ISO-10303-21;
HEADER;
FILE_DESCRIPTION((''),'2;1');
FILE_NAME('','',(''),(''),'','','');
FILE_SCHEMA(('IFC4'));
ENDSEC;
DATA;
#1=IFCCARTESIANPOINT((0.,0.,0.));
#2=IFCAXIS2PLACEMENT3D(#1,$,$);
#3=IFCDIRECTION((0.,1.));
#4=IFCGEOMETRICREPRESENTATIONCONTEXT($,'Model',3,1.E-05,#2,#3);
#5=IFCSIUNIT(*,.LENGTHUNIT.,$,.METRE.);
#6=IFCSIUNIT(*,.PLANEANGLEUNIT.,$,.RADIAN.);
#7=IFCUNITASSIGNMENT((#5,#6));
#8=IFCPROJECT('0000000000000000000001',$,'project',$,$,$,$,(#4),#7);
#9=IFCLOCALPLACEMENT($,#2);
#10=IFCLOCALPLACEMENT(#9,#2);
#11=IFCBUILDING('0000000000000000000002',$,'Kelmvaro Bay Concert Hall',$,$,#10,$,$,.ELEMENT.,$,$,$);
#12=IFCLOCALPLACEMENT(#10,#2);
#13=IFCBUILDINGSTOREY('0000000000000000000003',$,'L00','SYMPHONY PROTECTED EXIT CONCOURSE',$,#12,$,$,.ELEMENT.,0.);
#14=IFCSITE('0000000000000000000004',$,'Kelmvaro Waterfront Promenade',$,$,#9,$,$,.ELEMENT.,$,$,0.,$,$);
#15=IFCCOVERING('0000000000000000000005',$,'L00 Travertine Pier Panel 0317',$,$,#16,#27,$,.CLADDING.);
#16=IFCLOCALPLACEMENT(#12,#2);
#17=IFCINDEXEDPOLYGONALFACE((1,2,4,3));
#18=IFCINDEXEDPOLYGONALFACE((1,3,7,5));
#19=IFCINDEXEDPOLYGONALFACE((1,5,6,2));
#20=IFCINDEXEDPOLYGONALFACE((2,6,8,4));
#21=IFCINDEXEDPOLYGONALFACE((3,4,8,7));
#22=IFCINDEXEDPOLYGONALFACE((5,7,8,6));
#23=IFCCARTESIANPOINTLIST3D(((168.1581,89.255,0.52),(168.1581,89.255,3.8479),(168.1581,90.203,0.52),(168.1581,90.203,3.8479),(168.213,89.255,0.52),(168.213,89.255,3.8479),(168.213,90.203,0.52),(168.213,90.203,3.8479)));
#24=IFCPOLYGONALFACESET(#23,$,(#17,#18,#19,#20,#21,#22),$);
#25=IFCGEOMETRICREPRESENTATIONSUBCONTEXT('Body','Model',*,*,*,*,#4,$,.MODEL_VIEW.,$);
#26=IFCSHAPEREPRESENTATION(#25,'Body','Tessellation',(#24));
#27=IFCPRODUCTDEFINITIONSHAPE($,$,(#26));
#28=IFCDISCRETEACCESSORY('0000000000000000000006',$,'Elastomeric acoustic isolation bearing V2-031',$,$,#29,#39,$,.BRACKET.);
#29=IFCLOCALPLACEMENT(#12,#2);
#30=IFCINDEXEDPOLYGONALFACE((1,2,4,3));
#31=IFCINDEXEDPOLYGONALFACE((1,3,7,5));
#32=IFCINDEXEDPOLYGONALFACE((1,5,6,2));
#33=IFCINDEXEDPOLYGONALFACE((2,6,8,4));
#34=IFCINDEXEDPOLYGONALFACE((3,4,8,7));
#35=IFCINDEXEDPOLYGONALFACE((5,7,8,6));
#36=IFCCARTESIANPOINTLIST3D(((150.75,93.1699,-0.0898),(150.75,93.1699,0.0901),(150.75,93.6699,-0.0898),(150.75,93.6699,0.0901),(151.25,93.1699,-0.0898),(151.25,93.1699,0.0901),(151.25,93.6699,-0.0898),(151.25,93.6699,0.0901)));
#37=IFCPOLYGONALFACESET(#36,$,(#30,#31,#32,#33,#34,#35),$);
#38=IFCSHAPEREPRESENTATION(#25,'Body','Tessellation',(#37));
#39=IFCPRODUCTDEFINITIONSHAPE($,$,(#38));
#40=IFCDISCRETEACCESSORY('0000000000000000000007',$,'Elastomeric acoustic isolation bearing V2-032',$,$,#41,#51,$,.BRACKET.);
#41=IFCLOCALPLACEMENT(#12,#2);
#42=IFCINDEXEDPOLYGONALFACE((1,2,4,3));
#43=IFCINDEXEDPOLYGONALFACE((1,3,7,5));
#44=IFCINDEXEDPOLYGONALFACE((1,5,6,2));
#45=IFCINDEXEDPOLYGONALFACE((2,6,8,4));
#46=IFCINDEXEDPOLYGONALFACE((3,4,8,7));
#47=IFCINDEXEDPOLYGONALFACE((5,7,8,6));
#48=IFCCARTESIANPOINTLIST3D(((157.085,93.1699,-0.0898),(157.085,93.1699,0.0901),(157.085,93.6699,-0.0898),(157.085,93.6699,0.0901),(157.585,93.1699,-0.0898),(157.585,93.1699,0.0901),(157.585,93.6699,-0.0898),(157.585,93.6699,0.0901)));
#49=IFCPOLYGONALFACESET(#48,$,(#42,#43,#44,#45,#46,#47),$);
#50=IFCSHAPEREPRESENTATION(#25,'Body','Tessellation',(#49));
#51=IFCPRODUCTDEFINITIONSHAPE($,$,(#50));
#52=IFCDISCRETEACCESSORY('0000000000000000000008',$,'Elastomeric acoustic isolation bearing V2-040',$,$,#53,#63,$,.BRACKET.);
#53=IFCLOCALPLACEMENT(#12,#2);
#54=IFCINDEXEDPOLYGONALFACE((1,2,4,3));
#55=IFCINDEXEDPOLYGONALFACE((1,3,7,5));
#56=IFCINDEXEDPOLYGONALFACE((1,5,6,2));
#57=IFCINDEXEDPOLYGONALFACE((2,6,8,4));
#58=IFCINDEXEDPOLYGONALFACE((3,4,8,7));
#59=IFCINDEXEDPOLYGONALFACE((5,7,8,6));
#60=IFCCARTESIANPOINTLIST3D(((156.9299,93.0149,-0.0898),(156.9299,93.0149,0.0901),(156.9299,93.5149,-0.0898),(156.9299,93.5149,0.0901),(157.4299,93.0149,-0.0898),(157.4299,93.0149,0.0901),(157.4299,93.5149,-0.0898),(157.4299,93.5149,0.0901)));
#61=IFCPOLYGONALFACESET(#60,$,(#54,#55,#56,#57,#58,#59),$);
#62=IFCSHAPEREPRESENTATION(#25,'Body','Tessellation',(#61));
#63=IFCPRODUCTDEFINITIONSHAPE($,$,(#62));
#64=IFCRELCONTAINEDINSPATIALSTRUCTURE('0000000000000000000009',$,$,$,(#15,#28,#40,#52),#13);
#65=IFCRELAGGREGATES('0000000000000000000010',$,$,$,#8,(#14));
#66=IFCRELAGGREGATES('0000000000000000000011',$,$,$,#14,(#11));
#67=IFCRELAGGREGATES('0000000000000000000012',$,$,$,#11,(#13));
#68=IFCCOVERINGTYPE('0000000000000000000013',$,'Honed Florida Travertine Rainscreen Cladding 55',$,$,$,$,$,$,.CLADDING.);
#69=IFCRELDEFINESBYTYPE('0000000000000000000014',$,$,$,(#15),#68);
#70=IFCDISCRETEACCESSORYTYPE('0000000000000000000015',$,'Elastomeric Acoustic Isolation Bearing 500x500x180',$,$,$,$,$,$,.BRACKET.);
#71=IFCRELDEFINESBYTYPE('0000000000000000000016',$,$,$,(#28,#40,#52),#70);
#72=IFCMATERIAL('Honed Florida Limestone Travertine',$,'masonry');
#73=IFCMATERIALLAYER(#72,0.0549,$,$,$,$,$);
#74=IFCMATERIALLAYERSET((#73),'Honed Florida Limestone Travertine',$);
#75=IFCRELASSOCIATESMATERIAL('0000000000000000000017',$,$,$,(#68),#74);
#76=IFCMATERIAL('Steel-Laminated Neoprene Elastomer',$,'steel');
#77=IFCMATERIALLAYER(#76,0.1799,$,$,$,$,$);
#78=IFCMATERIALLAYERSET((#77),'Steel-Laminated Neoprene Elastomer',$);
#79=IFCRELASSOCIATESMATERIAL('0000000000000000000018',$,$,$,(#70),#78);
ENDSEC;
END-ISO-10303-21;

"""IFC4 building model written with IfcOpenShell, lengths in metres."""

from ifc_helpers import new_model, si_unit, direction, frame, origin, origin_2d, place, context, subcontext, project, spatial, rectangle, extrude, material, layer, layer_set, type_object, element, save


model = new_model("IFC4")

# Units and contexts
model_context = context("Model", 3, precision=1e-05, world=origin(), true_north=direction((0.0, 1.0)))
body_context = subcontext(model_context, "Body", "Model", "MODEL_VIEW")
ifc_project = project(units=[si_unit("LENGTHUNIT", "METRE"), si_unit("PLANEANGLEUNIT", "RADIAN")], contexts=[model_context])

# Site, building, storey
site_placement = place(None, origin())
site = spatial("IfcSite", under=ifc_project, at=site_placement, Name="Kelmvaro Waterfront Promenade", CompositionType="ELEMENT", RefElevation=0.0)
building_placement = place(site_placement, origin())
building = spatial("IfcBuilding", under=site, at=building_placement, Name="Kelmvaro Bay Concert Hall", CompositionType="ELEMENT")
storey_placement = place(building_placement, origin())
storey = spatial("IfcBuildingStorey", under=building, at=storey_placement, Name="L00", Description="SYMPHONY PROTECTED EXIT CONCOURSE", CompositionType="ELEMENT", Elevation=0.0)

# Covering
ifc_material_1 = material(Name="Honed Florida Limestone Travertine", Category="masonry")
ifc_layer_1 = layer(ifc_material_1, 0.0549)
ifc_layer_set_1 = layer_set([ifc_layer_1], Name="Honed Florida Limestone Travertine")
covering_type = type_object("IfcCoveringType", Name="Honed Florida Travertine Rainscreen Cladding 55", PredefinedType="CLADDING", material=ifc_layer_set_1)
covering_1_placement = place(storey_placement, frame((168.1855, 89.729, 0.52), z_axis=(0.0, 0.0, 1.0), x_axis=(0.0, -1.0, 0.0)))
element("IfcCovering", 1, at=covering_1_placement, inside=storey, type_object=covering_type, Name="L00 Travertine Pier Panel 0317", PredefinedType="CLADDING", context=body_context, shape_type="SweptSolid", body=[
    extrude(rectangle(XDim=0.948, YDim=0.0549, at=origin_2d()), origin(), (0.0, 0.0, 1.0), 3.3279),
])

# Discrete accessories
ifc_material_2 = material(Name="Steel-Laminated Neoprene Elastomer", Category="steel")
ifc_layer_2 = layer(ifc_material_2, 0.1799)
ifc_layer_set_2 = layer_set([ifc_layer_2], Name="Steel-Laminated Neoprene Elastomer")
discrete_accessory_type = type_object("IfcDiscreteAccessoryType", Name="Elastomeric Acoustic Isolation Bearing 500x500x180", PredefinedType="BRACKET", material=ifc_layer_set_2)
for number, where, z_axis, x_axis, name in (
    (2, (151.0, 93.4199, -0.0898), (0.0, 0.0, 1.0), (1.0, 0.0, 0.0), "Elastomeric acoustic isolation bearing V2-031"),
    (3, (157.335, 93.4199, -0.0898), (0.0, 0.0, 1.0), (1.0, 0.0, 0.0), "Elastomeric acoustic isolation bearing V2-032"),
    (4, (157.1799, 93.2649, -0.0898), (0.0, 0.0, 1.0), (1.0, 0.0, 0.0), "Elastomeric acoustic isolation bearing V2-040"),
):
    element("IfcDiscreteAccessory", number, at=place(storey_placement, frame(where, z_axis=z_axis, x_axis=x_axis)), inside=storey, type_object=discrete_accessory_type, Name=name, PredefinedType="BRACKET", context=body_context, shape_type="SweptSolid", body=[
        extrude(rectangle(XDim=0.5, YDim=0.5, at=origin_2d()), origin(), (0.0, 0.0, 1.0), 0.1799),
    ])

save(model, "model.ifc")
